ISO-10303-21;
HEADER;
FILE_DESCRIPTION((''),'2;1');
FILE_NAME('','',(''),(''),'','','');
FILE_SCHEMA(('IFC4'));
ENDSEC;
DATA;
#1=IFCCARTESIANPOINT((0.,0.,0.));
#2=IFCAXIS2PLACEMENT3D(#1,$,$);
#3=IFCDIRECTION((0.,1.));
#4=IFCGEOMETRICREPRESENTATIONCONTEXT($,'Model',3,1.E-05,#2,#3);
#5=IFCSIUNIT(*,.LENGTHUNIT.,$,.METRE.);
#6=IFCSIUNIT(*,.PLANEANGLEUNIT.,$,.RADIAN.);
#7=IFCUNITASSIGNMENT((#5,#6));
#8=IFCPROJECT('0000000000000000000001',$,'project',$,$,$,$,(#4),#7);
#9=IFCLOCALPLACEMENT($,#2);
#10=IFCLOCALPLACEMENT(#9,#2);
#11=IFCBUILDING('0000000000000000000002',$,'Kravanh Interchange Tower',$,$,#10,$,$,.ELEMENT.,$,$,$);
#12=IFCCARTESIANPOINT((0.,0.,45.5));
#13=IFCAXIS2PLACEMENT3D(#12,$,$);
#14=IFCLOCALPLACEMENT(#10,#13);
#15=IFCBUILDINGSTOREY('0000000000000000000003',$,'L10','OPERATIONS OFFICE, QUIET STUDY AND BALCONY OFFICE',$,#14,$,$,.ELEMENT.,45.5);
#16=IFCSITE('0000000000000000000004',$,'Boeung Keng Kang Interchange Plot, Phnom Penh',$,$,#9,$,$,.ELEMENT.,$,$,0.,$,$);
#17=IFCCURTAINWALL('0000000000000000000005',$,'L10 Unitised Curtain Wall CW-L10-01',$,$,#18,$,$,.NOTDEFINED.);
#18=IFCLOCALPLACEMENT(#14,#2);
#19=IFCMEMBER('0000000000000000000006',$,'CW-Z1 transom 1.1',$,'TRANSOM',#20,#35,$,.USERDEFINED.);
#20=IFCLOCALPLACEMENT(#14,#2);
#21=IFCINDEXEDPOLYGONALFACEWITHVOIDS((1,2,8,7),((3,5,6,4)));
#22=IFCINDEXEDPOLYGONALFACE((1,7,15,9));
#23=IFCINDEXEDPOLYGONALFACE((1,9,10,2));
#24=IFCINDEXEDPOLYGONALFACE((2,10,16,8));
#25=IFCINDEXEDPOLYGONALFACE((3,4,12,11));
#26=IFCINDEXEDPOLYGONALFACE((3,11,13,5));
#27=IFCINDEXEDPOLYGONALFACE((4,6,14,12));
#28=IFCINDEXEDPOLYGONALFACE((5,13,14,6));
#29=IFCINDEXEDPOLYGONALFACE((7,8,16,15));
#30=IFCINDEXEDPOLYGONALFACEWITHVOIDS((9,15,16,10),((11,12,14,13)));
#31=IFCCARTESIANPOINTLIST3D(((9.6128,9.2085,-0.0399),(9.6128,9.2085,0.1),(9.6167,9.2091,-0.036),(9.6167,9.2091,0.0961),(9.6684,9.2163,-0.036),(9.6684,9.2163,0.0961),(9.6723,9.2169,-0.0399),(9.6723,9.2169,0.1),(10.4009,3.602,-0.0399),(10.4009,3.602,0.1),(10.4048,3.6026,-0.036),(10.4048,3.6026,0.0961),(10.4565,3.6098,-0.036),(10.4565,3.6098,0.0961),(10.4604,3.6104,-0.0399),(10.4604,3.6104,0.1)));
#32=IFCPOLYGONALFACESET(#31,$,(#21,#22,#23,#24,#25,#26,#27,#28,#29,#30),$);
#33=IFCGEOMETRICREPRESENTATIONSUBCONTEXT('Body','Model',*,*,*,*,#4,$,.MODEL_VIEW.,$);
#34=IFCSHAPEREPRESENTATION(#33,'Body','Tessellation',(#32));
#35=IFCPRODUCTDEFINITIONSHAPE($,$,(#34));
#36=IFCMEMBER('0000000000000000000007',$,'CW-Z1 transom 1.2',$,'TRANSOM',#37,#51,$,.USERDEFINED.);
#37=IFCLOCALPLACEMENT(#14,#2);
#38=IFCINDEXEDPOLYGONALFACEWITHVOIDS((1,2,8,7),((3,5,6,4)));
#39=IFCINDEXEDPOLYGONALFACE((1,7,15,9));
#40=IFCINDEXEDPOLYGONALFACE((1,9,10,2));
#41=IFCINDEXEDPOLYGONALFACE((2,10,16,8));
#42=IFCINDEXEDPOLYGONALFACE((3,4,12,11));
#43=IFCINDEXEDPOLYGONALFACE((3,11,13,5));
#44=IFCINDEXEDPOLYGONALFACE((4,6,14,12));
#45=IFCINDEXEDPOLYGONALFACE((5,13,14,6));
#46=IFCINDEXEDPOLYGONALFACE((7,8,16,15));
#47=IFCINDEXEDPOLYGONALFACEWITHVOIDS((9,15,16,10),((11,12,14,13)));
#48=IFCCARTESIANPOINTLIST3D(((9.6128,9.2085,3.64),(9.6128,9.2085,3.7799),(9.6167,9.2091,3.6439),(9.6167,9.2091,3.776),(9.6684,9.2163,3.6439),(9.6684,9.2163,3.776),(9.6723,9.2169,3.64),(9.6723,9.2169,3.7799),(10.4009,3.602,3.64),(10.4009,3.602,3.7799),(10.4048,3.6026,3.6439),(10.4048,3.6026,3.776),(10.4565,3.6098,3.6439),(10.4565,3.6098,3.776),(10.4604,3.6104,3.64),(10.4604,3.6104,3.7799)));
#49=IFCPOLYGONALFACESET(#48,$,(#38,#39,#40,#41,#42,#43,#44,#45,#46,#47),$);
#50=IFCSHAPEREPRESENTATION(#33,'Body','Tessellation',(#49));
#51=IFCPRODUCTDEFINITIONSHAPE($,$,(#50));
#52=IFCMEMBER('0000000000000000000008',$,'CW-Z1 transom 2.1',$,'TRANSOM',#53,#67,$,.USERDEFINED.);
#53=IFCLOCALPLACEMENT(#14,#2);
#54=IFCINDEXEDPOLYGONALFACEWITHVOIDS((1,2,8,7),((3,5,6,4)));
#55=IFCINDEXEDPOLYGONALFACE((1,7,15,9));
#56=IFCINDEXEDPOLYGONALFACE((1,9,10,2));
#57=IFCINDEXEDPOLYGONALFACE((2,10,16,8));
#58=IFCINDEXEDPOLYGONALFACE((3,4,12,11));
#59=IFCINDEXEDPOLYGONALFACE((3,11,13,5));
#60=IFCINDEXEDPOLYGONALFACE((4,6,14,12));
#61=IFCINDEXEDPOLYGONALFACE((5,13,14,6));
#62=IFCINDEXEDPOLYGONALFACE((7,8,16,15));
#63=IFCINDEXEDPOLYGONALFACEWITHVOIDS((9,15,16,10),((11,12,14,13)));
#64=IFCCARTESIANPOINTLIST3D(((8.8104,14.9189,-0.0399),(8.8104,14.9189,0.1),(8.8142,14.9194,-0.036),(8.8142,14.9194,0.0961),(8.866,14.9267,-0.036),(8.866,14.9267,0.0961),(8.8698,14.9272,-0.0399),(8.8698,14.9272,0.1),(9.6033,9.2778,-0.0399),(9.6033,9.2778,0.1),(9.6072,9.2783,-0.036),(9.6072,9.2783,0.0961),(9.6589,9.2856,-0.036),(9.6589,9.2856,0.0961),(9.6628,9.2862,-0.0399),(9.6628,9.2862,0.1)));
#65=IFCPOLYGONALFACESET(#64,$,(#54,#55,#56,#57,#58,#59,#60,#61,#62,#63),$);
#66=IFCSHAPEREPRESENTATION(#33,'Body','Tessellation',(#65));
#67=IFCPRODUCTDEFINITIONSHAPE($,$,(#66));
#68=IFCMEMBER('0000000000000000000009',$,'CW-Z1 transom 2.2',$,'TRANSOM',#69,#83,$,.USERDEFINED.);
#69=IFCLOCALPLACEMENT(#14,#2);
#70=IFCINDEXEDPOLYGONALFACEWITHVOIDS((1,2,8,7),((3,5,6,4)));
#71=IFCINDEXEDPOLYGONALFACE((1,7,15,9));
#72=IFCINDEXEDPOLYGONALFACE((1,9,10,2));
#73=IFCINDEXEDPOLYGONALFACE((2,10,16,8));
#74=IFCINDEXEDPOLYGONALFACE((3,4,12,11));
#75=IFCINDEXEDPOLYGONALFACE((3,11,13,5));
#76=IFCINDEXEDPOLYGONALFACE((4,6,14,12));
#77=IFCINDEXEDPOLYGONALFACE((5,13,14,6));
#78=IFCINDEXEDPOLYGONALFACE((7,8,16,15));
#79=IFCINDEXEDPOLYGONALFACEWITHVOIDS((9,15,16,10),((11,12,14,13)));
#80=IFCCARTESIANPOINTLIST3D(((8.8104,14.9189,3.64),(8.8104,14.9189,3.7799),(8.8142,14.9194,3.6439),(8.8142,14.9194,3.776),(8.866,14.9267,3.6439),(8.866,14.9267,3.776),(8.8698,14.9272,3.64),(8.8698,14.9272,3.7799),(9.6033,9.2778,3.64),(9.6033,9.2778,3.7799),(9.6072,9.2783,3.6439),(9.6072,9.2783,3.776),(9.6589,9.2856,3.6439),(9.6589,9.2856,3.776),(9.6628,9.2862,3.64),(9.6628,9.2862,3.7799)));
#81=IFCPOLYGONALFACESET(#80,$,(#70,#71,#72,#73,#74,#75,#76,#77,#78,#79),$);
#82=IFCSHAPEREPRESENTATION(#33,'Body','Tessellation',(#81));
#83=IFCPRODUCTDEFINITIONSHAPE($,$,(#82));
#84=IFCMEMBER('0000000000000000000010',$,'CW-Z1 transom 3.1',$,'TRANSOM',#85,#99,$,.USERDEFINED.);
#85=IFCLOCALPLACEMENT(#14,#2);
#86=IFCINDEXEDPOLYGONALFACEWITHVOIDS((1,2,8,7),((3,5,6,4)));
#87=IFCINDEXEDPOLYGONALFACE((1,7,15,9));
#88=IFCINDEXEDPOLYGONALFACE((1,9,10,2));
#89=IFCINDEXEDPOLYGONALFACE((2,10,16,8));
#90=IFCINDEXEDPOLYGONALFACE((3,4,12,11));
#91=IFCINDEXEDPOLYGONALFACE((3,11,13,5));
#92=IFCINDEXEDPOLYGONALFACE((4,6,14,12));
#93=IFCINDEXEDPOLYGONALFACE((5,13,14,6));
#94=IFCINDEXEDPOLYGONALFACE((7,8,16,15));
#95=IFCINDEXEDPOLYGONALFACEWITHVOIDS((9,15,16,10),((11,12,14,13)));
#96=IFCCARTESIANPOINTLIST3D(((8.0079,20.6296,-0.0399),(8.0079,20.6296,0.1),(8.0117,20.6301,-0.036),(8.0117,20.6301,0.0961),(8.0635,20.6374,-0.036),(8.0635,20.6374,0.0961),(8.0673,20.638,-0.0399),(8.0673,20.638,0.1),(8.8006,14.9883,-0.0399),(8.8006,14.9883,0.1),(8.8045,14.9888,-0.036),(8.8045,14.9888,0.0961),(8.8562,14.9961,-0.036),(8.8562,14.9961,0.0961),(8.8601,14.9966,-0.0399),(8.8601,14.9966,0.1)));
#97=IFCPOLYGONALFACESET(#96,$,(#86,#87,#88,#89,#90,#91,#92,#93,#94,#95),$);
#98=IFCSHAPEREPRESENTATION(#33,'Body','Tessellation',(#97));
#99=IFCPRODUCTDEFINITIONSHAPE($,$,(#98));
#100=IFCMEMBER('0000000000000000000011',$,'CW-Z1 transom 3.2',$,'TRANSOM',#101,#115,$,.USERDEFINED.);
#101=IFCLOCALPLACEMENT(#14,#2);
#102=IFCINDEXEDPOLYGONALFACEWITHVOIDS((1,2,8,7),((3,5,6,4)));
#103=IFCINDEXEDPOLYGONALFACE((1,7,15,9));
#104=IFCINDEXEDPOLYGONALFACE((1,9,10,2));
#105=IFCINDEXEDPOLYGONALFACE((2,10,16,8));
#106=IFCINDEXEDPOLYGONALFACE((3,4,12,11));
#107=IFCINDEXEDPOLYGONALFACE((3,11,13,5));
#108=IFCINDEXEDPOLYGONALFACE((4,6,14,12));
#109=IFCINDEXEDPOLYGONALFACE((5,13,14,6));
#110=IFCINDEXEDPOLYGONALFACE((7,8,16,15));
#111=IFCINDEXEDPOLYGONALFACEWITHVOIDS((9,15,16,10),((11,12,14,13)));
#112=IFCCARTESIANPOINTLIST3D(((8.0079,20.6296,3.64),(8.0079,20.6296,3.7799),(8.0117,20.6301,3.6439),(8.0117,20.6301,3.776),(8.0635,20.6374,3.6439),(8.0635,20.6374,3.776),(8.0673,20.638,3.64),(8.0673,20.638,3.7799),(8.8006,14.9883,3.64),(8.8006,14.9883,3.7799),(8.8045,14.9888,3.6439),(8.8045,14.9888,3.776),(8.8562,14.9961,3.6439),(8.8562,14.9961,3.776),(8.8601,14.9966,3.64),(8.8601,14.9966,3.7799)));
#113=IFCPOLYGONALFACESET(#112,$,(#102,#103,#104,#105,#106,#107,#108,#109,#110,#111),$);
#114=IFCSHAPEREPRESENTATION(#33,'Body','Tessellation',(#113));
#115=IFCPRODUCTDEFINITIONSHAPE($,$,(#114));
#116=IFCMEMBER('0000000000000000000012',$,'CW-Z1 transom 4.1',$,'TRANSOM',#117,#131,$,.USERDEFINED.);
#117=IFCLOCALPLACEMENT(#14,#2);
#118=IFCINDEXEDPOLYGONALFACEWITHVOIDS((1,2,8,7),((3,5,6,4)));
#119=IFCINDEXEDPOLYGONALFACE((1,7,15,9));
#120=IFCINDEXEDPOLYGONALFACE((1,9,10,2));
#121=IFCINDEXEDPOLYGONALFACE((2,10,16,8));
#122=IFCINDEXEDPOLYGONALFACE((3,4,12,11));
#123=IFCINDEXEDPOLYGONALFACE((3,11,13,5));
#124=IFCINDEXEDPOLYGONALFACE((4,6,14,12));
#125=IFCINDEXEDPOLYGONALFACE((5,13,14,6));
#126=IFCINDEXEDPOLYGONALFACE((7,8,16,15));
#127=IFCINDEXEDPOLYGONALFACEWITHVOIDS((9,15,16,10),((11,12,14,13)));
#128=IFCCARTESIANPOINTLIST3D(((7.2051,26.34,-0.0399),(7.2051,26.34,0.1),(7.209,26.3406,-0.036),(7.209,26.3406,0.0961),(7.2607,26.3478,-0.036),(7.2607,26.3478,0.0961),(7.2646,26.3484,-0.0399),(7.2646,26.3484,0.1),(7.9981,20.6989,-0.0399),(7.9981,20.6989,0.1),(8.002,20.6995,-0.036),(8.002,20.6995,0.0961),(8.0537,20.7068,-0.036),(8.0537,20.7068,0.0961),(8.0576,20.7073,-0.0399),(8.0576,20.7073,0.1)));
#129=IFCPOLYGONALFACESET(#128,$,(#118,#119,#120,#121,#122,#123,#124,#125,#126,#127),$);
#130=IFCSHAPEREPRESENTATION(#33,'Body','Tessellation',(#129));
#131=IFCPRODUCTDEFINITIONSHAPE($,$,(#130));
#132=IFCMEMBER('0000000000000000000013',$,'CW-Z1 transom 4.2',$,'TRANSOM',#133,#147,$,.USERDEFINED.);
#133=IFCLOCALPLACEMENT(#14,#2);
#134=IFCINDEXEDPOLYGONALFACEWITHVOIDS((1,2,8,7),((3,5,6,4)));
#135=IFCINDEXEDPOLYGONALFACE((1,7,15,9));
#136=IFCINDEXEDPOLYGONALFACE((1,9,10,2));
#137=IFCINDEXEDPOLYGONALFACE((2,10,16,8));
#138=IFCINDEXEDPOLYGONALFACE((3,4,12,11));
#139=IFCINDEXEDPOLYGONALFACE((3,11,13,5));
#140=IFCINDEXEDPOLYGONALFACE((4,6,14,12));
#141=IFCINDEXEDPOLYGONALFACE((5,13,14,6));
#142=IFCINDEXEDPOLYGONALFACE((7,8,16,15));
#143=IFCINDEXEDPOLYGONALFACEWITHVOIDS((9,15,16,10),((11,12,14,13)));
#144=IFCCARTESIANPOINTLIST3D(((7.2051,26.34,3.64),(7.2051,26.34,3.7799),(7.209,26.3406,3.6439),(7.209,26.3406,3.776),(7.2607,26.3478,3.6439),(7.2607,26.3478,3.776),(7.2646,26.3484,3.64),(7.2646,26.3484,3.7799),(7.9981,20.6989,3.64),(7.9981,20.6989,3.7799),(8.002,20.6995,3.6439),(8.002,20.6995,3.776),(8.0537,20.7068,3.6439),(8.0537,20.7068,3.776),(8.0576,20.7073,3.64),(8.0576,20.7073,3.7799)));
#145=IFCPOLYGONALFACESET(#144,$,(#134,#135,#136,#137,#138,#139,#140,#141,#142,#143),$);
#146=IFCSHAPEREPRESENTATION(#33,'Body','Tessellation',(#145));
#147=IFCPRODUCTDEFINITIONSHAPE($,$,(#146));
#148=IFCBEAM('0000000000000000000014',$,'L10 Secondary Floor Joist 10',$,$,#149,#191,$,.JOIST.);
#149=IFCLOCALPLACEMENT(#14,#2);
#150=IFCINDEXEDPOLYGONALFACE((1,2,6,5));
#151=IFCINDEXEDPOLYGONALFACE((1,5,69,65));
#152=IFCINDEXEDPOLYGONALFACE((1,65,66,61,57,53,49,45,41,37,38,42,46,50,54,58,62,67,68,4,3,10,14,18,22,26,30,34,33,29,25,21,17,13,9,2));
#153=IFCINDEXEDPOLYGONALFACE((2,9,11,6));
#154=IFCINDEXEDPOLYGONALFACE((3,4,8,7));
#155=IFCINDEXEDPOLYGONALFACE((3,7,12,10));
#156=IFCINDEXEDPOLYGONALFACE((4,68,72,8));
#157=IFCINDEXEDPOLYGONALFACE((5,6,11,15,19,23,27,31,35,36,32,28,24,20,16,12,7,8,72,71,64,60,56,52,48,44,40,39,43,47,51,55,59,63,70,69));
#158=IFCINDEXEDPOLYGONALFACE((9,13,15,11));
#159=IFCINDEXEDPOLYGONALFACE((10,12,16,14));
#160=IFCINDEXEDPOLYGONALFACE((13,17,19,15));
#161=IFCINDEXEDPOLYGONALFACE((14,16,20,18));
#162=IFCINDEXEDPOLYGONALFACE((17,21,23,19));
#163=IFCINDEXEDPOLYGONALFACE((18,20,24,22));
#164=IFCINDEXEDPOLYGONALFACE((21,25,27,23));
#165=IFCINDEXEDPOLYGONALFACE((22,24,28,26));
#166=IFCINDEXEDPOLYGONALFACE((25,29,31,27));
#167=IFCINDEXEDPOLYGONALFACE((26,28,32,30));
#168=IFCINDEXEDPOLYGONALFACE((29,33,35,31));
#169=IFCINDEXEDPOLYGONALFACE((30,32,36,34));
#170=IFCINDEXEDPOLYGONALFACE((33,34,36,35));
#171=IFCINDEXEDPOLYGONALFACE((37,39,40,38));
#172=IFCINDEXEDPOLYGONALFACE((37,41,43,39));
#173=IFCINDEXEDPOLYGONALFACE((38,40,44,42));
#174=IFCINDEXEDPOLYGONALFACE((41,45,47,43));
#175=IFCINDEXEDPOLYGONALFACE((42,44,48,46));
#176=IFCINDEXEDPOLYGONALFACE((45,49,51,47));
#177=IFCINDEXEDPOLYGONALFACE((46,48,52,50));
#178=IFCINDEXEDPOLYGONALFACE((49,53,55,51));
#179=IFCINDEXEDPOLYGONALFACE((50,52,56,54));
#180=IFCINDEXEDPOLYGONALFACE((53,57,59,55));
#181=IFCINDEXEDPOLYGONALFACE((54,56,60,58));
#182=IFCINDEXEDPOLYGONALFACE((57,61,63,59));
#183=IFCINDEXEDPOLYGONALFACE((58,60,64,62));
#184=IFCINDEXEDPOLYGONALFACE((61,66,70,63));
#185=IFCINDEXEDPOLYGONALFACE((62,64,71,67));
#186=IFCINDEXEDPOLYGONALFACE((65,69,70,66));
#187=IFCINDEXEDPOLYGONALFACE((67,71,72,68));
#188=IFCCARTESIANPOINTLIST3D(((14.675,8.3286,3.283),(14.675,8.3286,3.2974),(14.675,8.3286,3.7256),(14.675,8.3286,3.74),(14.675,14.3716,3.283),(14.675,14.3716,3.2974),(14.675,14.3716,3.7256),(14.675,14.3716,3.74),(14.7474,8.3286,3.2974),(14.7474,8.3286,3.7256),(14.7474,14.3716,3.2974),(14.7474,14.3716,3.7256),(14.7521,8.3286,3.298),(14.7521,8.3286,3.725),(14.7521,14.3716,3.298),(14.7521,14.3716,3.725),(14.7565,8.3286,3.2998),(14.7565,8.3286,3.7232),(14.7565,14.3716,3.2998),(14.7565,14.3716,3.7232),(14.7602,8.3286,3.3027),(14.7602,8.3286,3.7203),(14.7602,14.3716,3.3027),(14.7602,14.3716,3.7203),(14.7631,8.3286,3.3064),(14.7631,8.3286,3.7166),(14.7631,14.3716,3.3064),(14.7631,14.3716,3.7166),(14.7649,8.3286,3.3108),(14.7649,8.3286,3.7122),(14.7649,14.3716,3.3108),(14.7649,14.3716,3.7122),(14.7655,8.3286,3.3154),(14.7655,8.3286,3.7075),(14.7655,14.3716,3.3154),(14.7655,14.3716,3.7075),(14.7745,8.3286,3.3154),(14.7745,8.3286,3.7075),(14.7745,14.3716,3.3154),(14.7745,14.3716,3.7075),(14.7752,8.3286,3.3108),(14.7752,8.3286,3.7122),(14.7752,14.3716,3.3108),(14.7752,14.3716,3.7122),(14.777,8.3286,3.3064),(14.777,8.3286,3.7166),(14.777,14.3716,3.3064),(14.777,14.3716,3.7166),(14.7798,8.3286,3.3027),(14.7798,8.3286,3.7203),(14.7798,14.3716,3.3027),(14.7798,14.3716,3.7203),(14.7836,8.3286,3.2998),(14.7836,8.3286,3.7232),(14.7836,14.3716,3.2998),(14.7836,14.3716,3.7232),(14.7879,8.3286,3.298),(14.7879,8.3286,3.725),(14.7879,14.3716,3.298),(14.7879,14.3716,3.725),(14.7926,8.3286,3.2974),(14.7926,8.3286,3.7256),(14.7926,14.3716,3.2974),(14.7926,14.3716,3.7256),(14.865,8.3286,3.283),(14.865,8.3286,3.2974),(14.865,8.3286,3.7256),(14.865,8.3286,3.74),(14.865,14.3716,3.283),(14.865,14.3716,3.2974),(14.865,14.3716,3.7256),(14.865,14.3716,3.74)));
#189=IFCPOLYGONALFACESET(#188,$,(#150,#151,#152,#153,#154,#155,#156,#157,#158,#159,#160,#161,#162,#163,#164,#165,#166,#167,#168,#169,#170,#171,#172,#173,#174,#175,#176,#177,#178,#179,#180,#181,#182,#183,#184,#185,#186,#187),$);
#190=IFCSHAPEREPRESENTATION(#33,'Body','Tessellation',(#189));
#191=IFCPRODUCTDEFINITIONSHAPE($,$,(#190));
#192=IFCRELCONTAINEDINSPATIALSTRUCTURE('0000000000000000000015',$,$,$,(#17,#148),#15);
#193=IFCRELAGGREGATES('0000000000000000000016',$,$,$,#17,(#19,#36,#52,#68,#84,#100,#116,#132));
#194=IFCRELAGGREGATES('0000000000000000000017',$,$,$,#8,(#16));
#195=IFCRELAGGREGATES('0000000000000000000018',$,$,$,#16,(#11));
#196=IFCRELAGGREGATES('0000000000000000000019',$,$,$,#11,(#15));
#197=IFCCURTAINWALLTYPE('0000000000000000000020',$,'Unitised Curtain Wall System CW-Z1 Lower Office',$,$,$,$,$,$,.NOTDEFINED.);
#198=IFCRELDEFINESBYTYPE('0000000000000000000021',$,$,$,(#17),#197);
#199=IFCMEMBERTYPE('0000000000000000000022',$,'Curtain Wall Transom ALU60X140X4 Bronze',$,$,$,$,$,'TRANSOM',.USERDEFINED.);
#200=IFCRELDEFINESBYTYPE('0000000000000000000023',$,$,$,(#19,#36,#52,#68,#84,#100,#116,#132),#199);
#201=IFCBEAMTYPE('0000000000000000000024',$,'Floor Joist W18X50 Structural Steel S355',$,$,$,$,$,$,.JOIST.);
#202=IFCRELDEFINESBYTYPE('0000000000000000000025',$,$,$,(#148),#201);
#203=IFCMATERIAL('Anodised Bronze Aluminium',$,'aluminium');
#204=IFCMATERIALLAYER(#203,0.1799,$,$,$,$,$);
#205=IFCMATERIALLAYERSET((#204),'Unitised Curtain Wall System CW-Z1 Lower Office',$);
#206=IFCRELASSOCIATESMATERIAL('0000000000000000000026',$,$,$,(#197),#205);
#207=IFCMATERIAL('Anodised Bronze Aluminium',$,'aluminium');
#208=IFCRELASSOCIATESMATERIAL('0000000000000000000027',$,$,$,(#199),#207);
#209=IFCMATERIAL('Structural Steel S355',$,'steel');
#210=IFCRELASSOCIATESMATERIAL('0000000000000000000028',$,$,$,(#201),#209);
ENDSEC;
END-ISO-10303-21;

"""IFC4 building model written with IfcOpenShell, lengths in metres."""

from ifc_helpers import new_model, si_unit, direction, frame, origin, origin_2d, place, context, subcontext, project, spatial, hollow_rectangle, i_section, extrude, material, layer, layer_set, material_profile, profile_set, type_object, element, aggregate, save


model = new_model("IFC4")

# Units and contexts
model_context = context("Model", 3, precision=1e-05, world=origin(), true_north=direction((0.0, 1.0)))
body_context = subcontext(model_context, "Body", "Model", "MODEL_VIEW")
ifc_project = project(units=[si_unit("LENGTHUNIT", "METRE"), si_unit("PLANEANGLEUNIT", "RADIAN")], contexts=[model_context])

# Site, building, storey
site_placement = place(None, origin())
site = spatial("IfcSite", under=ifc_project, at=site_placement, Name="Boeung Keng Kang Interchange Plot, Phnom Penh", CompositionType="ELEMENT", RefElevation=0.0)
building_placement = place(site_placement, origin())
building = spatial("IfcBuilding", under=site, at=building_placement, Name="Kravanh Interchange Tower", CompositionType="ELEMENT")
storey_placement = place(building_placement, frame((0.0, 0.0, 45.5)))
storey = spatial("IfcBuildingStorey", under=building, at=storey_placement, Name="L10", Description="OPERATIONS OFFICE, QUIET STUDY AND BALCONY OFFICE", CompositionType="ELEMENT", Elevation=45.5)

# Curtain wall, members
ifc_material_1 = material(Name="Anodised Bronze Aluminium", Category="aluminium")
ifc_layer_1 = layer(ifc_material_1, 0.1799)
ifc_layer_set_1 = layer_set([ifc_layer_1], Name="Unitised Curtain Wall System CW-Z1 Lower Office")
curtain_wall_type = type_object("IfcCurtainWallType", Name="Unitised Curtain Wall System CW-Z1 Lower Office", PredefinedType="NOTDEFINED", material=ifc_layer_set_1)
curtain_wall_placement = place(storey_placement, origin())
curtain_wall = element("IfcCurtainWall", 1, at=curtain_wall_placement, inside=storey, type_object=curtain_wall_type, Name="L10 Unitised Curtain Wall CW-L10-01", PredefinedType="NOTDEFINED")
ifc_material_2 = material(Name="Anodised Bronze Aluminium", Category="aluminium")
ifc_material_profile_1 = material_profile(ifc_material_2, hollow_rectangle(XDim=0.0601, YDim=0.1399, WallThickness=0.0039, at=origin_2d()), Name="ALU60X140X4")
ifc_profile_set_1 = profile_set([ifc_material_profile_1], Name="Anodised Bronze Aluminium")
member_type_1 = type_object("IfcMemberType", Name="Curtain Wall Transom ALU60X140X4 Bronze", ElementType="TRANSOM", PredefinedType="USERDEFINED", material=ifc_profile_set_1)
member_1_placement = place(storey_placement, frame((10.4307, 3.6062, 0.03), z_axis=(-0.139199, 0.990264, 0.0), x_axis=(-0.990264, -0.139199, 0.0)))
member_1 = element("IfcMember", 2, at=member_1_placement, type_object=member_type_1, Name="CW-Z1 transom 1.1", ObjectType="TRANSOM", PredefinedType="USERDEFINED", context=body_context, shape_type="SweptSolid", body=[
    extrude(hollow_rectangle(XDim=0.0601, YDim=0.1399, WallThickness=0.0039, at=origin_2d()), origin(), (0.0, 0.0, 1.0), 5.6616),
])
member_2_placement = place(storey_placement, frame((10.4307, 3.6062, 3.71), z_axis=(-0.139199, 0.990264, 0.0), x_axis=(-0.990264, -0.139199, 0.0)))
member_2 = element("IfcMember", 3, at=member_2_placement, type_object=member_type_1, Name="CW-Z1 transom 1.2", ObjectType="TRANSOM", PredefinedType="USERDEFINED", context=body_context, shape_type="SweptSolid", body=[
    extrude(hollow_rectangle(XDim=0.0601, YDim=0.1399, WallThickness=0.0039, at=origin_2d()), origin(), (0.0, 0.0, 1.0), 5.6616),
])
member_3_placement = place(storey_placement, frame((9.6331, 9.282, 0.03), z_axis=(-0.139201, 0.990264, 0.0), x_axis=(-0.990264, -0.139201, 0.0)))
member_3 = element("IfcMember", 4, at=member_3_placement, type_object=member_type_1, Name="CW-Z1 transom 2.1", ObjectType="TRANSOM", PredefinedType="USERDEFINED", context=body_context, shape_type="SweptSolid", body=[
    extrude(hollow_rectangle(XDim=0.0601, YDim=0.1399, WallThickness=0.0039, at=origin_2d()), origin(), (0.0, 0.0, 1.0), 5.6965),
])
member_4_placement = place(storey_placement, frame((9.6331, 9.282, 3.71), z_axis=(-0.139201, 0.990264, 0.0), x_axis=(-0.990264, -0.139201, 0.0)))
member_4 = element("IfcMember", 5, at=member_4_placement, type_object=member_type_1, Name="CW-Z1 transom 2.2", ObjectType="TRANSOM", PredefinedType="USERDEFINED", context=body_context, shape_type="SweptSolid", body=[
    extrude(hollow_rectangle(XDim=0.0601, YDim=0.1399, WallThickness=0.0039, at=origin_2d()), origin(), (0.0, 0.0, 1.0), 5.6965),
])
member_5_placement = place(storey_placement, frame((8.8303, 14.9924, 0.03), z_axis=(-0.139153, 0.990271, 0.0), x_axis=(-0.990271, -0.139153, 0.0)))
member_5 = element("IfcMember", 6, at=member_5_placement, type_object=member_type_1, Name="CW-Z1 transom 3.1", ObjectType="TRANSOM", PredefinedType="USERDEFINED", context=body_context, shape_type="SweptSolid", body=[
    extrude(hollow_rectangle(XDim=0.0601, YDim=0.1399, WallThickness=0.0039, at=origin_2d()), origin(), (0.0, 0.0, 1.0), 5.6968),
])
member_6_placement = place(storey_placement, frame((8.8303, 14.9924, 3.71), z_axis=(-0.139153, 0.990271, 0.0), x_axis=(-0.990271, -0.139153, 0.0)))
member_6 = element("IfcMember", 7, at=member_6_placement, type_object=member_type_1, Name="CW-Z1 transom 3.2", ObjectType="TRANSOM", PredefinedType="USERDEFINED", context=body_context, shape_type="SweptSolid", body=[
    extrude(hollow_rectangle(XDim=0.0601, YDim=0.1399, WallThickness=0.0039, at=origin_2d()), origin(), (0.0, 0.0, 1.0), 5.6968),
])
member_7_placement = place(storey_placement, frame((8.0278, 20.7031, 0.03), z_axis=(-0.139201, 0.990264, 0.0), x_axis=(-0.990264, -0.139201, 0.0)))
member_7 = element("IfcMember", 8, at=member_7_placement, type_object=member_type_1, Name="CW-Z1 transom 4.1", ObjectType="TRANSOM", PredefinedType="USERDEFINED", context=body_context, shape_type="SweptSolid", body=[
    extrude(hollow_rectangle(XDim=0.0601, YDim=0.1399, WallThickness=0.0039, at=origin_2d()), origin(), (0.0, 0.0, 1.0), 5.6965),
])
member_8_placement = place(storey_placement, frame((8.0278, 20.7031, 3.71), z_axis=(-0.139201, 0.990264, 0.0), x_axis=(-0.990264, -0.139201, 0.0)))
member_8 = element("IfcMember", 9, at=member_8_placement, type_object=member_type_1, Name="CW-Z1 transom 4.2", ObjectType="TRANSOM", PredefinedType="USERDEFINED", context=body_context, shape_type="SweptSolid", body=[
    extrude(hollow_rectangle(XDim=0.0601, YDim=0.1399, WallThickness=0.0039, at=origin_2d()), origin(), (0.0, 0.0, 1.0), 5.6965),
])

# Beam
ifc_material_3 = material(Name="Structural Steel S355", Category="steel")
ifc_material_profile_2 = material_profile(ifc_material_3, i_section(OverallWidth=0.1899, OverallDepth=0.457, WebThickness=0.009, FlangeThickness=0.0144, FilletRadius=0.0181, at=origin_2d()), Name="W18X50")
ifc_profile_set_2 = profile_set([ifc_material_profile_2], Name="Structural Steel S355")
beam_type_1 = type_object("IfcBeamType", Name="Floor Joist W18X50 Structural Steel S355", PredefinedType="JOIST", material=ifc_profile_set_2)
for number, where, z_axis, x_axis, name in (
    (10, (14.77, 8.3286, 3.5115), (0.0, 1.0, 0.0), (-1.0, 0.0, 0.0), "L10 Secondary Floor Joist 10"),
):
    element("IfcBeam", number, at=place(storey_placement, frame(where, z_axis=z_axis, x_axis=x_axis)), inside=storey, type_object=beam_type_1, Name=name, PredefinedType="JOIST", context=body_context, shape_type="SweptSolid", body=[
        extrude(i_section(OverallWidth=0.1899, OverallDepth=0.457, WebThickness=0.009, FlangeThickness=0.0144, FilletRadius=0.0181, at=origin_2d()), origin(), (0.0, 0.0, 1.0), 6.043),
    ])

aggregate(curtain_wall, [member_1, member_2, member_3, member_4, member_5, member_6, member_7, member_8])

save(model, "model.ifc")
